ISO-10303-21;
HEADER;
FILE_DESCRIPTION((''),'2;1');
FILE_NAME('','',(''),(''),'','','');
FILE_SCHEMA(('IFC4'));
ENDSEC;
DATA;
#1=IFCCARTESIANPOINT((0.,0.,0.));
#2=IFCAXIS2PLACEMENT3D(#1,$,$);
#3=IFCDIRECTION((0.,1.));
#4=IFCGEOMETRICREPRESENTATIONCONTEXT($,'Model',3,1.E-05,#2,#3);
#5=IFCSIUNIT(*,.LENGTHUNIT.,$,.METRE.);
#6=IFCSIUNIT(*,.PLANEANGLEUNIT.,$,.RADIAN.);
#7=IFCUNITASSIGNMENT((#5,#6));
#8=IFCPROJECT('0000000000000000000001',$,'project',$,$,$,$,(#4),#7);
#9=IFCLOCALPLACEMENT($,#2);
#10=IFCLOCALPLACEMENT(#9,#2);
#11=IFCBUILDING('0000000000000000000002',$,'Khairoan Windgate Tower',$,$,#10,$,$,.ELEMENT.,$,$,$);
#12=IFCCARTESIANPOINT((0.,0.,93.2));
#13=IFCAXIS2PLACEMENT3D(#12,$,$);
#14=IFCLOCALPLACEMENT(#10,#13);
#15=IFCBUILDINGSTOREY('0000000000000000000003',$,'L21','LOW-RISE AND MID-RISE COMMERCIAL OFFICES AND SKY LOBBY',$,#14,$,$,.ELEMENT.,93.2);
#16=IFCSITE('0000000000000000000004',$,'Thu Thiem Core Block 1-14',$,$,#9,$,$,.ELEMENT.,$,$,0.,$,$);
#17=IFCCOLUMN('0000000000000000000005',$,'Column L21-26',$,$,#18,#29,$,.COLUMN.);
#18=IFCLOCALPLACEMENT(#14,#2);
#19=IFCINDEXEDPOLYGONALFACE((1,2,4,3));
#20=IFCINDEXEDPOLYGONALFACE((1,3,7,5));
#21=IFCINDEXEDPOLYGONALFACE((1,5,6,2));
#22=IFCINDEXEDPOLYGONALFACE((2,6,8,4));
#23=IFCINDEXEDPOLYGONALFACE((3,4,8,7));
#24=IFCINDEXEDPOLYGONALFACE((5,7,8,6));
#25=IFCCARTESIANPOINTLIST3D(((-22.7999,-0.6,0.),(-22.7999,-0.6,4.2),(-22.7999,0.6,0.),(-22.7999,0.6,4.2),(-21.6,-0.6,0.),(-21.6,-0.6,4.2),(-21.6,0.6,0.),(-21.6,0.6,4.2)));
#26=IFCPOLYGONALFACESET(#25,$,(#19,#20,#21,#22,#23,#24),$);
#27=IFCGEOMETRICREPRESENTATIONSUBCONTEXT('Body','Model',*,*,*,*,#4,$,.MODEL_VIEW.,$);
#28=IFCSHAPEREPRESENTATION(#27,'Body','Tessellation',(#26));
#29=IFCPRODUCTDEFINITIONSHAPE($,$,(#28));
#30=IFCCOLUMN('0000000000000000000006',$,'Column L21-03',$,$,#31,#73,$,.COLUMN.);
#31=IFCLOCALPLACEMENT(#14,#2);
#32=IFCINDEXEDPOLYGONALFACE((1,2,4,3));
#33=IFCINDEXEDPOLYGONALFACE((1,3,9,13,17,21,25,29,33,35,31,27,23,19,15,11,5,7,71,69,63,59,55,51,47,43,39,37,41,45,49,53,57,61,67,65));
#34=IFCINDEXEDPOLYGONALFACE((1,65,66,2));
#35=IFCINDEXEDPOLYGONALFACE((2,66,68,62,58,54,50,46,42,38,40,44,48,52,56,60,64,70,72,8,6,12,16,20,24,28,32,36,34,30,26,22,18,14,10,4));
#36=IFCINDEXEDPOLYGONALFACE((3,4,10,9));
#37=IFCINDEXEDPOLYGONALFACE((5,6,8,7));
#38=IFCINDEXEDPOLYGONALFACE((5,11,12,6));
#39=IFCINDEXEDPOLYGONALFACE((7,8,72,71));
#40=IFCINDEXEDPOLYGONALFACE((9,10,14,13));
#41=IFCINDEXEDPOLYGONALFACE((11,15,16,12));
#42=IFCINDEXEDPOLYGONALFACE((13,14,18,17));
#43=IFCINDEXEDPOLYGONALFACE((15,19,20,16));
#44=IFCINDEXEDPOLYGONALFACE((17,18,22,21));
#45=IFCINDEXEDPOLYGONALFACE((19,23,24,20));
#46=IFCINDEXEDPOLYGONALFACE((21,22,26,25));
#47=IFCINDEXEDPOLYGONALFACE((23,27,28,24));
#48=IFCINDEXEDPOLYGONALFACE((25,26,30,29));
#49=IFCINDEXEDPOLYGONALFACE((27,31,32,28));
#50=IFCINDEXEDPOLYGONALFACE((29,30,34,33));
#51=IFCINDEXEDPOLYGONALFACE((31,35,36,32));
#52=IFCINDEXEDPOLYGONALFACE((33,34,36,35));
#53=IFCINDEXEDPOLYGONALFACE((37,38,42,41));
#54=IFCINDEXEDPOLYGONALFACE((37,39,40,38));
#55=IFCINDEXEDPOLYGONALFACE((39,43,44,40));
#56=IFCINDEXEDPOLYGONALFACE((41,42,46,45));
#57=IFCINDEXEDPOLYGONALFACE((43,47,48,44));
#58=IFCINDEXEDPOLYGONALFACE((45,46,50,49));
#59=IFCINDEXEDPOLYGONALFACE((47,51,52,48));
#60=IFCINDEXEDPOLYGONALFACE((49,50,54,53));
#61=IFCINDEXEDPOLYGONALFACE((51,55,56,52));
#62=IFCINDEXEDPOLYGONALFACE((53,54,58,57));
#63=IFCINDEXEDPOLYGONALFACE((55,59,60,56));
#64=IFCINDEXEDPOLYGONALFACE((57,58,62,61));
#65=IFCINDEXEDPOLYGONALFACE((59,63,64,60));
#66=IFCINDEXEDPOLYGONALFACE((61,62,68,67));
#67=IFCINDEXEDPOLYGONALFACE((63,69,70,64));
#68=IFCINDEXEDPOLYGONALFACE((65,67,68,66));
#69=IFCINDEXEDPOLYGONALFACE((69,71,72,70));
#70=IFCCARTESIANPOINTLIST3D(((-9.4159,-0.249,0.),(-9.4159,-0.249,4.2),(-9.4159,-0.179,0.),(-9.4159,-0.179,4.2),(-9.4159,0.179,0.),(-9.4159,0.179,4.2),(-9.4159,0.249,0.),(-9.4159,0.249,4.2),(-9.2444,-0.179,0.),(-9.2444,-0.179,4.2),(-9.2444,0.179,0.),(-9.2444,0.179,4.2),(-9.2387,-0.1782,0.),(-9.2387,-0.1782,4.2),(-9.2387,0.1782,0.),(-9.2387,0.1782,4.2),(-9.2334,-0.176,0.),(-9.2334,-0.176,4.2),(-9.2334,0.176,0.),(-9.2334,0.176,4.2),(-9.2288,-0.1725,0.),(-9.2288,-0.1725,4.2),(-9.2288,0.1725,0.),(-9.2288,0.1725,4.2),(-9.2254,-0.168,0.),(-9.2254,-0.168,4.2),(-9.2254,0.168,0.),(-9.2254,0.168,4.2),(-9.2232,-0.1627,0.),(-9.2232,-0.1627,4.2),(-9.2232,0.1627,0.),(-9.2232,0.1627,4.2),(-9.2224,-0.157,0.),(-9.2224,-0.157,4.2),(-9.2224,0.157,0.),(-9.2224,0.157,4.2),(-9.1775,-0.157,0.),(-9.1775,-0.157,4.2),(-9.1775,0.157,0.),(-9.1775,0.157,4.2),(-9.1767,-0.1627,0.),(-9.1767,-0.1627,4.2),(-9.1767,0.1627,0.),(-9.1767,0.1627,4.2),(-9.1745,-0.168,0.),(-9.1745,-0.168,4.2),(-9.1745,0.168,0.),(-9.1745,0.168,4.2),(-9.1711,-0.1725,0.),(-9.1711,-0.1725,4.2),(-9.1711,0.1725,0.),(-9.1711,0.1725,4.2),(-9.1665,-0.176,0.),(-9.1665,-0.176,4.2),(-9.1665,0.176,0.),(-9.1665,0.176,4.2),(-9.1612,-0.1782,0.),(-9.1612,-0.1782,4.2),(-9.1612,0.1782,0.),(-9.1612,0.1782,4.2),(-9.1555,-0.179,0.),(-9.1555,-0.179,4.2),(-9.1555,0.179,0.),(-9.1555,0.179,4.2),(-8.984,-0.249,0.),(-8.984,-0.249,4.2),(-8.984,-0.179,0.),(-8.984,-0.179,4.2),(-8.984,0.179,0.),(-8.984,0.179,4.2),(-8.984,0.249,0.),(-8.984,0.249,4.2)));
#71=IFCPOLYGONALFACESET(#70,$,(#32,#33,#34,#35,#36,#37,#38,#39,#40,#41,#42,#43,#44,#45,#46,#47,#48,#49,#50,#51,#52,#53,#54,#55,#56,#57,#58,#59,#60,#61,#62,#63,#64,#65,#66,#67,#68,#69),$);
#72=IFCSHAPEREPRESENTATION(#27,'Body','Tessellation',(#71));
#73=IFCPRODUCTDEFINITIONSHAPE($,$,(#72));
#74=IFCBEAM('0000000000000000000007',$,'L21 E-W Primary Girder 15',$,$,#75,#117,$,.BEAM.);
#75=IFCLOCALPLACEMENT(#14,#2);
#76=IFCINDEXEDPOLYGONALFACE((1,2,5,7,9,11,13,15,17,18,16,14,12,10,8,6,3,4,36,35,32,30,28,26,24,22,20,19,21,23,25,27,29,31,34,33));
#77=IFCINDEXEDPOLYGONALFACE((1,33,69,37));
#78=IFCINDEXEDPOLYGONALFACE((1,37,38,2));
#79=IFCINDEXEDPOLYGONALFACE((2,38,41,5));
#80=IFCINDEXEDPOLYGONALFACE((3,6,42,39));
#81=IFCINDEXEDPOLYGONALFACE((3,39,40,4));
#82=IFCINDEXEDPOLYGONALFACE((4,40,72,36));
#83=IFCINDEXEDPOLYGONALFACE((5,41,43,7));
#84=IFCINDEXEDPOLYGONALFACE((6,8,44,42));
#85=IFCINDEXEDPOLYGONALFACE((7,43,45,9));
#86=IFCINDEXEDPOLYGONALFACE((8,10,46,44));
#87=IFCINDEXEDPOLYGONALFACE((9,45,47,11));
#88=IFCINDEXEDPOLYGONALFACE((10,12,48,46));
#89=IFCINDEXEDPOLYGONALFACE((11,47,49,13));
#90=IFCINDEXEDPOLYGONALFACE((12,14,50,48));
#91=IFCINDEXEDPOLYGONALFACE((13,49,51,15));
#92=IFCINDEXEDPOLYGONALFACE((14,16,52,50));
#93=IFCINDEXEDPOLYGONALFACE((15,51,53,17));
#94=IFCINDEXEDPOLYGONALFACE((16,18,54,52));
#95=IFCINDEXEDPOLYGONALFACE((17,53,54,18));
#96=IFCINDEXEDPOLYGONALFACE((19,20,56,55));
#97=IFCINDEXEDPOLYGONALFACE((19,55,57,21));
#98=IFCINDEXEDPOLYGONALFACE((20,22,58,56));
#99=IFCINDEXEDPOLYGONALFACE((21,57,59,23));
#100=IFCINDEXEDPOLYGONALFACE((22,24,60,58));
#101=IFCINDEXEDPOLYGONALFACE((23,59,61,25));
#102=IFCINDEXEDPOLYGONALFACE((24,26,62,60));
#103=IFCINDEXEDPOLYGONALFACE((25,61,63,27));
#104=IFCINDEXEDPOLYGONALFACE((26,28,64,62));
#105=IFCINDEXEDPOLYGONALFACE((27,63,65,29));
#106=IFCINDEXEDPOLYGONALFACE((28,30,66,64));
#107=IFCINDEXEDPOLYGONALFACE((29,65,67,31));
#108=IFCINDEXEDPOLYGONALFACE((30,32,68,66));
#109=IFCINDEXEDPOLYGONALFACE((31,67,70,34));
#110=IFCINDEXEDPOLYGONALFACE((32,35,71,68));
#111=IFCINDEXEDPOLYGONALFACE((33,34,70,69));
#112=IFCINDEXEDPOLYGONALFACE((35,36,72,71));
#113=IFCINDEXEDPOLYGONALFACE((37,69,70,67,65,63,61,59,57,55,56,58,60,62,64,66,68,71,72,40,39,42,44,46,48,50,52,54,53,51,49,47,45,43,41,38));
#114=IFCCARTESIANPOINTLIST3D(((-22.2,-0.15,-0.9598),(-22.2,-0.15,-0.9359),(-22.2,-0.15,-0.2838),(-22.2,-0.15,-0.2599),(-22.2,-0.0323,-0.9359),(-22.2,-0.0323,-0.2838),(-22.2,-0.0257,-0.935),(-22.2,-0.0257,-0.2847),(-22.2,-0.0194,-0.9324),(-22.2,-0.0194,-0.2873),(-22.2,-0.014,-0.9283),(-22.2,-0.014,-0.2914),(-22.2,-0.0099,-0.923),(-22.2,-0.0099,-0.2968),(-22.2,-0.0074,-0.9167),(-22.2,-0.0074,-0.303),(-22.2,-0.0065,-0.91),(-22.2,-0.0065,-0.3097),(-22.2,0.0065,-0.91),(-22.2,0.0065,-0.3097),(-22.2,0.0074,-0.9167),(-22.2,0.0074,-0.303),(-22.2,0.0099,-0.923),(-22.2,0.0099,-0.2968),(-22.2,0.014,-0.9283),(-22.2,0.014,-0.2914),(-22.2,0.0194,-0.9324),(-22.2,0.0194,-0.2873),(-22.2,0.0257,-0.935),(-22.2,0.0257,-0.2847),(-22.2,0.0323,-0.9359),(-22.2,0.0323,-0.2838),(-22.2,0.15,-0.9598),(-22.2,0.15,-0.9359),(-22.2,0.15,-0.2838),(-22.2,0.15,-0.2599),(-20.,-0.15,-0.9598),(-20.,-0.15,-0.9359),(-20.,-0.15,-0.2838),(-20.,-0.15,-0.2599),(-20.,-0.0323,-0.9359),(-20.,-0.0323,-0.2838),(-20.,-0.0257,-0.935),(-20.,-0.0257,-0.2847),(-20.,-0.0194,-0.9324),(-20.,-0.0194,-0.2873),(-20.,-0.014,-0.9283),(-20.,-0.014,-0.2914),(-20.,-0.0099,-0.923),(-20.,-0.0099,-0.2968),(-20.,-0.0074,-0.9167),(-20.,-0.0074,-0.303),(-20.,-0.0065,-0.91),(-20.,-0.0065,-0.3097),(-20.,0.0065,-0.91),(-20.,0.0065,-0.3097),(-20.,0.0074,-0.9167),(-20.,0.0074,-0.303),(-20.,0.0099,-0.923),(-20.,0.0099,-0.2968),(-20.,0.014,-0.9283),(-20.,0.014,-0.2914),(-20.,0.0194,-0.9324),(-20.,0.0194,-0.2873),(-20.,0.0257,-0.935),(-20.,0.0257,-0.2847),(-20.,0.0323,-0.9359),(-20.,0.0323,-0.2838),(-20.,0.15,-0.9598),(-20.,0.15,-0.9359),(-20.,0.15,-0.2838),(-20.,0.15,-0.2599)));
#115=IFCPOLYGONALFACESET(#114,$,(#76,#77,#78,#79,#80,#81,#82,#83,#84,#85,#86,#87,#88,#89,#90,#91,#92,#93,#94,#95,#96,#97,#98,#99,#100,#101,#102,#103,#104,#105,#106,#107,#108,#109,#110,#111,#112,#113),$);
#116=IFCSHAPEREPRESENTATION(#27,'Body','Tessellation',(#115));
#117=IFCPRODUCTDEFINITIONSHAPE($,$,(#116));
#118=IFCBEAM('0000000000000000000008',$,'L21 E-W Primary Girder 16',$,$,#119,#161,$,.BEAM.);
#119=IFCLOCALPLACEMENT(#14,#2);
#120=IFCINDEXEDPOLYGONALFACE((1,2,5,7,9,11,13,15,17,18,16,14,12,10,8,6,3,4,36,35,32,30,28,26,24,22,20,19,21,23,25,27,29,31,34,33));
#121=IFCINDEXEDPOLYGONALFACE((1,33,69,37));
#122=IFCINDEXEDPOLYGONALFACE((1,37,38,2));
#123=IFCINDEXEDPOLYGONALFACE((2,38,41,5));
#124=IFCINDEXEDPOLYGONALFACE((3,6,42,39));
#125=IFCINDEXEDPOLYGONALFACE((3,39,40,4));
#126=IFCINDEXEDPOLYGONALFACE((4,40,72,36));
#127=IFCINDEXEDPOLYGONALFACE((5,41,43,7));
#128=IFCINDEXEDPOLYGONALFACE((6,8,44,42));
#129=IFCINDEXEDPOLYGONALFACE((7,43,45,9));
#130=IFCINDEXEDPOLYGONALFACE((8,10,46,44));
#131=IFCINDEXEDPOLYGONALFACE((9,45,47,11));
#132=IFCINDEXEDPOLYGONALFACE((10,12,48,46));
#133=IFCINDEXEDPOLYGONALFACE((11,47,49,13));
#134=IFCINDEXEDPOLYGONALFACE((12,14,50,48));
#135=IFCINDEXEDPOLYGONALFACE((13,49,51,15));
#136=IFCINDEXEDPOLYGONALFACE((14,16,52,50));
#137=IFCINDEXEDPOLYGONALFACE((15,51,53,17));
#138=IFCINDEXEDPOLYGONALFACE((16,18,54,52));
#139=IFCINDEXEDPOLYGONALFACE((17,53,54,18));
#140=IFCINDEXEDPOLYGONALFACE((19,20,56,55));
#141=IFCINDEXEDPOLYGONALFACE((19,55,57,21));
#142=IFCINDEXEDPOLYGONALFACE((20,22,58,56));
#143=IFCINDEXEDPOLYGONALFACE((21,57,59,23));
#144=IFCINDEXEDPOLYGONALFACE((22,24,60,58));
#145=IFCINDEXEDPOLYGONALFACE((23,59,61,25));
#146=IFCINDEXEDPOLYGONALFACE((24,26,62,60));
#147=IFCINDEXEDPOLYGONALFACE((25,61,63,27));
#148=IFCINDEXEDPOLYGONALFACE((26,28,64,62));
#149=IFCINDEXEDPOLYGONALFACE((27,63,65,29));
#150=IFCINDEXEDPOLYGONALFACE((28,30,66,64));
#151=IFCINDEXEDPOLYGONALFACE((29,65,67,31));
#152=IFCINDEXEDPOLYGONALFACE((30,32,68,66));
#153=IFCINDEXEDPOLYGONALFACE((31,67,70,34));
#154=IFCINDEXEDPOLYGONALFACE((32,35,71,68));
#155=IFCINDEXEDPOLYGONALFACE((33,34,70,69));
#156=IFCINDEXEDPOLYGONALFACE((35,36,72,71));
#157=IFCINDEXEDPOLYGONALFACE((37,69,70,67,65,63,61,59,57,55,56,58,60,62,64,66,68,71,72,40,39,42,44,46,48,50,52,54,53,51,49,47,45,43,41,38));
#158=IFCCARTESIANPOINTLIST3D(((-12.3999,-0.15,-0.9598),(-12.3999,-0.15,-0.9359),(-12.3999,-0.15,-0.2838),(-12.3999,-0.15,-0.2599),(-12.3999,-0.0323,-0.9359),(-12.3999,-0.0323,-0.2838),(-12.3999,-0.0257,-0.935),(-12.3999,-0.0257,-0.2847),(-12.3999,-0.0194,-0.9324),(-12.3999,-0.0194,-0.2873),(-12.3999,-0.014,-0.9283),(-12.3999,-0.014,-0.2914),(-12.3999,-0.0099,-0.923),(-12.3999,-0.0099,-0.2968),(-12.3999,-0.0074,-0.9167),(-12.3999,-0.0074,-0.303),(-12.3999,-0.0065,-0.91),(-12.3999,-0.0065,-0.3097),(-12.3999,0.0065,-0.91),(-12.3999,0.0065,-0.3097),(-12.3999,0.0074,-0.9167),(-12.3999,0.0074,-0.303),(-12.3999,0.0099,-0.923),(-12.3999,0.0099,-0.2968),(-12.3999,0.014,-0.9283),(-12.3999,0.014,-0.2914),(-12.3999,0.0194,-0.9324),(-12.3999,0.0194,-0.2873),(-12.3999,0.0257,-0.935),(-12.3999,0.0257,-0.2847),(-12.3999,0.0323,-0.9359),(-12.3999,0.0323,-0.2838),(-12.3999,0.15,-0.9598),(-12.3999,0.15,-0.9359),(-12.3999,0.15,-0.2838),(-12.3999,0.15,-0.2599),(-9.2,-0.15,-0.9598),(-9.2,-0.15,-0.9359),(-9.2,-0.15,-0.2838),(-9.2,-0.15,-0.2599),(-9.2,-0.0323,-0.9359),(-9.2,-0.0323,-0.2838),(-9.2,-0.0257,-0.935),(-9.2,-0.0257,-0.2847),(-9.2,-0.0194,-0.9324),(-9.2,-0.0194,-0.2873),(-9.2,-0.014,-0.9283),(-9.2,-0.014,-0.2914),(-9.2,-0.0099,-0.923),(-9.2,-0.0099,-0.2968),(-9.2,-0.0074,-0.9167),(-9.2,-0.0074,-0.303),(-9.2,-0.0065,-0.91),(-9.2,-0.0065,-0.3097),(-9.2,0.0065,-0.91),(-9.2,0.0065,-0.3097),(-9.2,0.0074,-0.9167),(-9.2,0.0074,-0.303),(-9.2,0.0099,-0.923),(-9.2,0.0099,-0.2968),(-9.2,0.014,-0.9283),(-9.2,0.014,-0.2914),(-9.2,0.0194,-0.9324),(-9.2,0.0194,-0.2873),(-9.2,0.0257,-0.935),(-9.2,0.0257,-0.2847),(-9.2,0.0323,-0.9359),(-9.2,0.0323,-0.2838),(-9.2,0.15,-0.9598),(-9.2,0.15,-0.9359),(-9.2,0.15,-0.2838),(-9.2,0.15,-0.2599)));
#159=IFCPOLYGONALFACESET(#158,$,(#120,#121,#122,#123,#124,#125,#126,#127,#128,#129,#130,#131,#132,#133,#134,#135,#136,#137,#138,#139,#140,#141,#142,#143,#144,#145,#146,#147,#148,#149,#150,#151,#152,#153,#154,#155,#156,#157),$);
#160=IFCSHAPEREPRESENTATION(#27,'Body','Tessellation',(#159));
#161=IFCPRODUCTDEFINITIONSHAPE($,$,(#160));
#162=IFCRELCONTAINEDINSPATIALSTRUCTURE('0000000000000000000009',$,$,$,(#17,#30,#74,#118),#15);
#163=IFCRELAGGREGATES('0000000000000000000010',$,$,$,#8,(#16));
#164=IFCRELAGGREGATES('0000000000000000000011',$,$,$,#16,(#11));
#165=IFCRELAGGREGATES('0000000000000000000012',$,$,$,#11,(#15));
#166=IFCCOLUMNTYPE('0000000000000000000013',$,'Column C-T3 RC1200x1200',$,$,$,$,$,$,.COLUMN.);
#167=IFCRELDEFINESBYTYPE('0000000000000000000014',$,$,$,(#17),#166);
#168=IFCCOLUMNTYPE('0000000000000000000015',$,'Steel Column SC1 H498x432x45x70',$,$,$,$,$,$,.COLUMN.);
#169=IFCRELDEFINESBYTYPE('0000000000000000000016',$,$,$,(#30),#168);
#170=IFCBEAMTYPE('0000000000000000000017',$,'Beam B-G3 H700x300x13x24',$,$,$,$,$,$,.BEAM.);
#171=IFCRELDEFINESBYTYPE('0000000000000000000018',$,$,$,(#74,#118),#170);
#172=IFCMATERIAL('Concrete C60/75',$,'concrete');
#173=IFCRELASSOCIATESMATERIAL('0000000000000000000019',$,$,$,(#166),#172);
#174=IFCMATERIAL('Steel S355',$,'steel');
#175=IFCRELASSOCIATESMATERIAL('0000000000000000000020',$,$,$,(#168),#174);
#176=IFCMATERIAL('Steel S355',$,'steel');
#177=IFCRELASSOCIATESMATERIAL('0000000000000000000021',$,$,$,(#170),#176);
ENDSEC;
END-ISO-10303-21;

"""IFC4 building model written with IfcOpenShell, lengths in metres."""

from ifc_helpers import new_model, si_unit, direction, frame, origin, origin_2d, place, context, subcontext, project, spatial, rectangle, i_section, extrude, material, material_profile, profile_set, type_object, element, save


model = new_model("IFC4")

# Units and contexts
model_context = context("Model", 3, precision=1e-05, world=origin(), true_north=direction((0.0, 1.0)))
body_context = subcontext(model_context, "Body", "Model", "MODEL_VIEW")
ifc_project = project(units=[si_unit("LENGTHUNIT", "METRE"), si_unit("PLANEANGLEUNIT", "RADIAN")], contexts=[model_context])

# Site, building, storey
site_placement = place(None, origin())
site = spatial("IfcSite", under=ifc_project, at=site_placement, Name="Thu Thiem Core Block 1-14", CompositionType="ELEMENT", RefElevation=0.0)
building_placement = place(site_placement, origin())
building = spatial("IfcBuilding", under=site, at=building_placement, Name="Khairoan Windgate Tower", CompositionType="ELEMENT")
storey_placement = place(building_placement, frame((0.0, 0.0, 93.2)))
storey = spatial("IfcBuildingStorey", under=building, at=storey_placement, Name="L21", Description="LOW-RISE AND MID-RISE COMMERCIAL OFFICES AND SKY LOBBY", CompositionType="ELEMENT", Elevation=93.2)

# Columns
ifc_material_1 = material(Name="Concrete C60/75", Category="concrete")
ifc_material_profile_1 = material_profile(ifc_material_1, rectangle(XDim=1.2, YDim=1.2, at=origin_2d()))
ifc_profile_set_1 = profile_set([ifc_material_profile_1], Name="Concrete C60/75")
column_type_1 = type_object("IfcColumnType", Name="Column C-T3 RC1200x1200", PredefinedType="COLUMN", material=ifc_profile_set_1)
column_1_placement = place(storey_placement, frame((-22.2, 0.0, 0.0), z_axis=(0.0, 0.0, 1.0), x_axis=(1.0, 0.0, 0.0)))
element("IfcColumn", 1, at=column_1_placement, inside=storey, type_object=column_type_1, Name="Column L21-26", PredefinedType="COLUMN", context=body_context, shape_type="SweptSolid", body=[
    extrude(rectangle(XDim=1.2, YDim=1.2, at=origin_2d()), origin(), (0.0, 0.0, 1.0), 4.2),
])
ifc_material_2 = material(Name="Steel S355", Category="steel")
ifc_material_profile_2 = material_profile(ifc_material_2, i_section(OverallWidth=0.4319, OverallDepth=0.498, WebThickness=0.0449, FlangeThickness=0.0701, FilletRadius=0.022, at=origin_2d()))
ifc_profile_set_2 = profile_set([ifc_material_profile_2], Name="Steel S355")
column_type_2 = type_object("IfcColumnType", Name="Steel Column SC1 H498x432x45x70", PredefinedType="COLUMN", material=ifc_profile_set_2)
column_2_placement = place(storey_placement, frame((-9.2, 0.0, 0.0), z_axis=(0.0, 0.0, 1.0), x_axis=(1.0, 0.0, 0.0)))
element("IfcColumn", 2, at=column_2_placement, inside=storey, type_object=column_type_2, Name="Column L21-03", PredefinedType="COLUMN", context=body_context, shape_type="SweptSolid", body=[
    extrude(i_section(OverallWidth=0.4319, OverallDepth=0.498, WebThickness=0.0449, FlangeThickness=0.0701, FilletRadius=0.022, at=origin_2d()), origin(), (0.0, 0.0, 1.0), 4.2),
])

# Beams
ifc_material_3 = material(Name="Steel S355", Category="steel")
ifc_material_profile_3 = material_profile(ifc_material_3, i_section(OverallWidth=0.3, OverallDepth=0.7, WebThickness=0.0129, FlangeThickness=0.0239, FilletRadius=0.0259, at=origin_2d()))
ifc_profile_set_3 = profile_set([ifc_material_profile_3], Name="Steel S355")
beam_type_1 = type_object("IfcBeamType", Name="Beam B-G3 H700x300x13x24", PredefinedType="BEAM", material=ifc_profile_set_3)
beam_1_placement = place(storey_placement, frame((-22.2, 0.0, -0.6099), z_axis=(1.0, 0.0, 0.0), x_axis=(0.0, 1.0, 0.0)))
element("IfcBeam", 3, at=beam_1_placement, inside=storey, type_object=beam_type_1, Name="L21 E-W Primary Girder 15", PredefinedType="BEAM", context=body_context, shape_type="SweptSolid", body=[
    extrude(i_section(OverallWidth=0.3, OverallDepth=0.7, WebThickness=0.0129, FlangeThickness=0.0239, FilletRadius=0.0259, at=origin_2d()), origin(), (0.0, 0.0, 1.0), 2.2),
])
beam_2_placement = place(storey_placement, frame((-12.3999, 0.0, -0.6099), z_axis=(1.0, 0.0, 0.0), x_axis=(0.0, 1.0, 0.0)))
element("IfcBeam", 4, at=beam_2_placement, inside=storey, type_object=beam_type_1, Name="L21 E-W Primary Girder 16", PredefinedType="BEAM", context=body_context, shape_type="SweptSolid", body=[
    extrude(i_section(OverallWidth=0.3, OverallDepth=0.7, WebThickness=0.0129, FlangeThickness=0.0239, FilletRadius=0.0259, at=origin_2d()), origin(), (0.0, 0.0, 1.0), 3.2),
])

save(model, "model.ifc")
